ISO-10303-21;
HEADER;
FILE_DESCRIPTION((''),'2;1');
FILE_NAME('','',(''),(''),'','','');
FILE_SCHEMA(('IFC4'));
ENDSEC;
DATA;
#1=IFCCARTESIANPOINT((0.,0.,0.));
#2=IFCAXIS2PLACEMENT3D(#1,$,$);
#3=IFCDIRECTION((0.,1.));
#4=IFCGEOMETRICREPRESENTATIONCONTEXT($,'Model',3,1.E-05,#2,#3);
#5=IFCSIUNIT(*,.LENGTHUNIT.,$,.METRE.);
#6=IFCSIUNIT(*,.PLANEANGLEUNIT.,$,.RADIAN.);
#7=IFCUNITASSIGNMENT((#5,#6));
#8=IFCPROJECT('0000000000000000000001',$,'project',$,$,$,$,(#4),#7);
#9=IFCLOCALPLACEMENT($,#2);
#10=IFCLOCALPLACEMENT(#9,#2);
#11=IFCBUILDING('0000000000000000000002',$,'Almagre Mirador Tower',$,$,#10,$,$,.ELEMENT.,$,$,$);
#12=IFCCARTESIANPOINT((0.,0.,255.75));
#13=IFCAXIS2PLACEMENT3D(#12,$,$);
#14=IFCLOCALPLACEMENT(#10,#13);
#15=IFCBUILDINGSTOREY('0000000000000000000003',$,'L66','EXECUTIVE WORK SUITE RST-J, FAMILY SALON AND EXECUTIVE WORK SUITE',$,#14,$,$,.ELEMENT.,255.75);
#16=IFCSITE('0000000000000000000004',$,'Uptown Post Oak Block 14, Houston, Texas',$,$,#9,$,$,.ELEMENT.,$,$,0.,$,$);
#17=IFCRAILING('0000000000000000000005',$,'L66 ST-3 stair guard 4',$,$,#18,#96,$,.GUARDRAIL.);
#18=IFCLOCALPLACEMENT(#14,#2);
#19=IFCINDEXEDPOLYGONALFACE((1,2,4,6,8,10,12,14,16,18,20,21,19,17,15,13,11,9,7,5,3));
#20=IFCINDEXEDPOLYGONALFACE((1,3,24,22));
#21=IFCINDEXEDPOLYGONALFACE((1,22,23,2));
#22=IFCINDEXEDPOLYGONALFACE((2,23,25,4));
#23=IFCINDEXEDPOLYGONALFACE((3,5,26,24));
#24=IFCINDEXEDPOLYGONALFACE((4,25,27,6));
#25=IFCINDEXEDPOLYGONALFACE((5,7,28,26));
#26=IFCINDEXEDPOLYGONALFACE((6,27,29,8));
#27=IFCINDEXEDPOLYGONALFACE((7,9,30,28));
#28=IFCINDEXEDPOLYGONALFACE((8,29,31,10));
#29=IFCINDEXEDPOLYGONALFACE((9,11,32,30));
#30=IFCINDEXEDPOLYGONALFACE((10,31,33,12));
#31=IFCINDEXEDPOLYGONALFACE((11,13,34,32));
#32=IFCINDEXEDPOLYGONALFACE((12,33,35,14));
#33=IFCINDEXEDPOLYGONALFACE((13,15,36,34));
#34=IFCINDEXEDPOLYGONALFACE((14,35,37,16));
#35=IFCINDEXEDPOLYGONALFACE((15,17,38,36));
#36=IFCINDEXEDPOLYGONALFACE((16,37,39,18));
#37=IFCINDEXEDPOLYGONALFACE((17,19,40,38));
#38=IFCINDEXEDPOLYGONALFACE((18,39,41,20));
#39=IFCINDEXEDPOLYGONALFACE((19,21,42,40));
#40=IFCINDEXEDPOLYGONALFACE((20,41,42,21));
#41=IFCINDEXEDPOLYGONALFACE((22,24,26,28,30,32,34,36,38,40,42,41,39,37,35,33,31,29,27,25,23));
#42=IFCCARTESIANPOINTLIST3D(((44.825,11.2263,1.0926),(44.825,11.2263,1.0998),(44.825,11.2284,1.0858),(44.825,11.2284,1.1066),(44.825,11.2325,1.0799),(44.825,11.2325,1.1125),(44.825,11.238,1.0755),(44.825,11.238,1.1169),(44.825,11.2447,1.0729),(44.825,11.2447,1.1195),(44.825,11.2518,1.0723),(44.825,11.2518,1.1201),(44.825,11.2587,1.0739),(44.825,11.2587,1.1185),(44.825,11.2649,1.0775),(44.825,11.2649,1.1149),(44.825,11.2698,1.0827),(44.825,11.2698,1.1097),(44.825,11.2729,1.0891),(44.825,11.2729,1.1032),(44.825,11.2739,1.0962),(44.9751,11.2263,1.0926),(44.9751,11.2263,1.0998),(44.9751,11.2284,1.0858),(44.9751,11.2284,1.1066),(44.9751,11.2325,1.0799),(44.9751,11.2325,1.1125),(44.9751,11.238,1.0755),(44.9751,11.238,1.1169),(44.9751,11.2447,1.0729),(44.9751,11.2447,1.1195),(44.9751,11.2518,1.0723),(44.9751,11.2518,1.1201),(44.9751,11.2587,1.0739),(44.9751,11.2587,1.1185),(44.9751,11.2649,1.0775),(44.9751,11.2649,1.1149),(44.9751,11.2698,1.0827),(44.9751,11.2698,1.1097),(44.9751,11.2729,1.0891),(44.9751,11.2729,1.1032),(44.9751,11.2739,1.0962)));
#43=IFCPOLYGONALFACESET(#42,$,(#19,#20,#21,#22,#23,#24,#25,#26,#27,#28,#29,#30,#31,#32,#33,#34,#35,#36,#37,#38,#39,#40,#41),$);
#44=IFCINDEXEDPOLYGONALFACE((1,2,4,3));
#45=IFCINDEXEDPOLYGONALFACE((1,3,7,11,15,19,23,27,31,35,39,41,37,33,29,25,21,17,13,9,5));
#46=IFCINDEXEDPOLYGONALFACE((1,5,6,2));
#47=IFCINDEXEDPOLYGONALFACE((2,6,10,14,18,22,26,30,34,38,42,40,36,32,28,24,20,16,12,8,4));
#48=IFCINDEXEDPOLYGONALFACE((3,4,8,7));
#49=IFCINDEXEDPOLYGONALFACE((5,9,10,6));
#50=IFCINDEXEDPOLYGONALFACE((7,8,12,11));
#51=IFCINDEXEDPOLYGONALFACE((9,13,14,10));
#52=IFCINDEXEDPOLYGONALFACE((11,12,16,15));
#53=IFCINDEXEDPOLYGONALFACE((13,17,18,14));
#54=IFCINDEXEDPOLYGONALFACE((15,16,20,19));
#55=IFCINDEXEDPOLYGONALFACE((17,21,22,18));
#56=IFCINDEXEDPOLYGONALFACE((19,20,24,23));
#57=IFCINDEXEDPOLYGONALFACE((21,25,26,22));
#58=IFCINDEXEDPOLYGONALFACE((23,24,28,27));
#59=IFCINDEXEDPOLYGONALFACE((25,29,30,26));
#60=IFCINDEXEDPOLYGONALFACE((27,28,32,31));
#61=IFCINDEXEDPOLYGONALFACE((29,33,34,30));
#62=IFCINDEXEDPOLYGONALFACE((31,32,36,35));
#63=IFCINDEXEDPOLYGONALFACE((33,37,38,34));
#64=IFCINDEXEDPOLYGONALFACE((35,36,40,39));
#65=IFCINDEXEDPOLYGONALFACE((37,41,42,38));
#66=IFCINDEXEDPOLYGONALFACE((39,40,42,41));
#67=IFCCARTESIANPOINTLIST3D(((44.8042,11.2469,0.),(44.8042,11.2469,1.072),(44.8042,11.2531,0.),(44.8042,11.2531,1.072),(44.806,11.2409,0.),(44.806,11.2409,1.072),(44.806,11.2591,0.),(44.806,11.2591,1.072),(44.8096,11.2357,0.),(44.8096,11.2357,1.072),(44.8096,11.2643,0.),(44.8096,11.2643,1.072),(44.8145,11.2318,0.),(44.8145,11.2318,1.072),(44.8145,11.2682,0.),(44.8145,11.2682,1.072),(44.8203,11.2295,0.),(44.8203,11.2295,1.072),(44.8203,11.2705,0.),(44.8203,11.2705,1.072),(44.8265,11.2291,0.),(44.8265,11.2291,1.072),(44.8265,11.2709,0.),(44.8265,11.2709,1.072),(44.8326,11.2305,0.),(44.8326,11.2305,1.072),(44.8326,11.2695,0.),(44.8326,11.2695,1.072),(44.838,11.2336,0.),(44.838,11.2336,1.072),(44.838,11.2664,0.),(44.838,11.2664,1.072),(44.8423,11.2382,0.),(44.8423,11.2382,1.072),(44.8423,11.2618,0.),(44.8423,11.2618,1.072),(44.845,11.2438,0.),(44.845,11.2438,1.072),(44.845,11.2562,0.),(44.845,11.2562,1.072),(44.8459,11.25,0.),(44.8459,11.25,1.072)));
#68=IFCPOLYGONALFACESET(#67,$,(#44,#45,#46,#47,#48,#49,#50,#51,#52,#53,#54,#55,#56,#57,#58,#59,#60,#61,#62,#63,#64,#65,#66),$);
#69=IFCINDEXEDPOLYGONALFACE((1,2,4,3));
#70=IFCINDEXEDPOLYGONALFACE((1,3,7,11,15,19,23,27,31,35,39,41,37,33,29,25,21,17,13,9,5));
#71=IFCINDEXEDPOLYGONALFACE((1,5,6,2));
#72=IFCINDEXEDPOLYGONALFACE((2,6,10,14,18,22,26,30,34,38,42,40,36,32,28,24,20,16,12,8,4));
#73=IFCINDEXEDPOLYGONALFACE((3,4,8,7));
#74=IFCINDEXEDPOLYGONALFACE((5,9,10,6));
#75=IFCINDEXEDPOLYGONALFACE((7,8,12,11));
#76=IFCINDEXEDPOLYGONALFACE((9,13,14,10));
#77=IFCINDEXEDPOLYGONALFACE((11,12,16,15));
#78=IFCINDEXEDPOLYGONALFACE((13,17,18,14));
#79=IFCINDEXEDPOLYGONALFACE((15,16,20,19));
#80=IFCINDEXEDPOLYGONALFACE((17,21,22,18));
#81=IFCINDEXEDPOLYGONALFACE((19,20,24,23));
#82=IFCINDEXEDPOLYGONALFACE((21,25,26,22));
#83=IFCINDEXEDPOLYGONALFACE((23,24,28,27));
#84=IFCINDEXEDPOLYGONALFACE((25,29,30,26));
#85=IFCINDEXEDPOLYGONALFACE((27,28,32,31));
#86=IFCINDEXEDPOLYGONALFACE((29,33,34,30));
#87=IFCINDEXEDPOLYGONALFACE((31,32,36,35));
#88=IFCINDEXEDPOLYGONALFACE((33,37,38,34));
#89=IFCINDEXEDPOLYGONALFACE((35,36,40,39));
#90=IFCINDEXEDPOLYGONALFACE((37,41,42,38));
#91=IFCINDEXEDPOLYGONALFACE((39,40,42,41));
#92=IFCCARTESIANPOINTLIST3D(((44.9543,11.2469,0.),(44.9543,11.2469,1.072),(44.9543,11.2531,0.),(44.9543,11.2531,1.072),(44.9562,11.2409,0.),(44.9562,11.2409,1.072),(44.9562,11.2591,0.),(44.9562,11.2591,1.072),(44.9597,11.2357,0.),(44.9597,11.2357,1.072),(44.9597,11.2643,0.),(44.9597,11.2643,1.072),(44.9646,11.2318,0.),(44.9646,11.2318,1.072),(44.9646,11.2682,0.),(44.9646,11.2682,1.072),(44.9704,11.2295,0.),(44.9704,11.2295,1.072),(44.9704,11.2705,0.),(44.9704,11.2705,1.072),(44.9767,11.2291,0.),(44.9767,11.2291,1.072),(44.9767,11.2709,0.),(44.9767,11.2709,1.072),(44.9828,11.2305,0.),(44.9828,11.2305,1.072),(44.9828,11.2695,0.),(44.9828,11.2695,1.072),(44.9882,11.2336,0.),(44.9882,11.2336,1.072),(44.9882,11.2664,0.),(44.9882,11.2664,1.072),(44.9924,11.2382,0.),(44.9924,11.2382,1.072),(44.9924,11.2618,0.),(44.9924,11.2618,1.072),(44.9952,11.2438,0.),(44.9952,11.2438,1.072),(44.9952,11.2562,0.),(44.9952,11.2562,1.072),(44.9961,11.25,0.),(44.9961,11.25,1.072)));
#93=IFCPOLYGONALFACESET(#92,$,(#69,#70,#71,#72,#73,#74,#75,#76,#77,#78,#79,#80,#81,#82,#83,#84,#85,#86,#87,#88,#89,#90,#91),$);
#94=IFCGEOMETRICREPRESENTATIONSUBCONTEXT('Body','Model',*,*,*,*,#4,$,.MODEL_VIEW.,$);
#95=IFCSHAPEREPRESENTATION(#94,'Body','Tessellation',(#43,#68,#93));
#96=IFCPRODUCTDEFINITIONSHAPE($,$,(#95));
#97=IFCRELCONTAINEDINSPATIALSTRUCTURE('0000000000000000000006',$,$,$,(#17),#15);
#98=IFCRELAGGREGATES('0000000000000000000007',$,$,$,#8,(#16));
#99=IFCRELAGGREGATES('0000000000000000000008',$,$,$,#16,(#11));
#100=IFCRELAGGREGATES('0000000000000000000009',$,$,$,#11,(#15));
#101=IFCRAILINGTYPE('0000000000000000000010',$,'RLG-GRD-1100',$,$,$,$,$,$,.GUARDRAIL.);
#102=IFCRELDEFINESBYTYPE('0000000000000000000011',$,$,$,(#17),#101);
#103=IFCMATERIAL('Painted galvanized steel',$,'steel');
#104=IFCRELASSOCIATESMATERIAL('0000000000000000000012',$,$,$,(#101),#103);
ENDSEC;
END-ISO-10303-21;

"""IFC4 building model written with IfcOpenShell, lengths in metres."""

from ifc_helpers import new_model, si_unit, direction, frame, origin, origin_2d, place, context, subcontext, project, spatial, circle, extrude, material, type_object, element, save


model = new_model("IFC4")

# Units and contexts
model_context = context("Model", 3, precision=1e-05, world=origin(), true_north=direction((0.0, 1.0)))
body_context = subcontext(model_context, "Body", "Model", "MODEL_VIEW")
ifc_project = project(units=[si_unit("LENGTHUNIT", "METRE"), si_unit("PLANEANGLEUNIT", "RADIAN")], contexts=[model_context])

# Site, building, storey
site_placement = place(None, origin())
site = spatial("IfcSite", under=ifc_project, at=site_placement, Name="Uptown Post Oak Block 14, Houston, Texas", CompositionType="ELEMENT", RefElevation=0.0)
building_placement = place(site_placement, origin())
building = spatial("IfcBuilding", under=site, at=building_placement, Name="Almagre Mirador Tower", CompositionType="ELEMENT")
storey_placement = place(building_placement, frame((0.0, 0.0, 255.75)))
storey = spatial("IfcBuildingStorey", under=building, at=storey_placement, Name="L66", Description="EXECUTIVE WORK SUITE RST-J, FAMILY SALON AND EXECUTIVE WORK SUITE", CompositionType="ELEMENT", Elevation=255.75)

# Railing
ifc_material_1 = material(Name="Painted galvanized steel", Category="steel")
railing_type_1 = type_object("IfcRailingType", Name="RLG-GRD-1100", PredefinedType="GUARDRAIL", material=ifc_material_1)
railing_1_placement = place(storey_placement, frame((44.825, 11.25, 0.0)))
element("IfcRailing", 1, at=railing_1_placement, inside=storey, type_object=railing_type_1, Name="L66 ST-3 stair guard 4", PredefinedType="GUARDRAIL", context=body_context, shape_type="SweptSolid", body=[
    extrude(circle(Radius=0.0239, at=origin_2d()), frame((0.0, 0.0, 1.0962), z_axis=(1.0, 0.0, 0.0), x_axis=(0.0, 1.0, 0.0)), (0.0, 0.0, 1.0), 0.1501),
    extrude(circle(Radius=0.021, at=origin_2d()), origin(), (0.0, 0.0, 1.0), 1.072),
    extrude(circle(Radius=0.021, at=origin_2d()), frame((0.1501, 0.0, 0.0)), (0.0, 0.0, 1.0), 1.072),
])

save(model, "model.ifc")
